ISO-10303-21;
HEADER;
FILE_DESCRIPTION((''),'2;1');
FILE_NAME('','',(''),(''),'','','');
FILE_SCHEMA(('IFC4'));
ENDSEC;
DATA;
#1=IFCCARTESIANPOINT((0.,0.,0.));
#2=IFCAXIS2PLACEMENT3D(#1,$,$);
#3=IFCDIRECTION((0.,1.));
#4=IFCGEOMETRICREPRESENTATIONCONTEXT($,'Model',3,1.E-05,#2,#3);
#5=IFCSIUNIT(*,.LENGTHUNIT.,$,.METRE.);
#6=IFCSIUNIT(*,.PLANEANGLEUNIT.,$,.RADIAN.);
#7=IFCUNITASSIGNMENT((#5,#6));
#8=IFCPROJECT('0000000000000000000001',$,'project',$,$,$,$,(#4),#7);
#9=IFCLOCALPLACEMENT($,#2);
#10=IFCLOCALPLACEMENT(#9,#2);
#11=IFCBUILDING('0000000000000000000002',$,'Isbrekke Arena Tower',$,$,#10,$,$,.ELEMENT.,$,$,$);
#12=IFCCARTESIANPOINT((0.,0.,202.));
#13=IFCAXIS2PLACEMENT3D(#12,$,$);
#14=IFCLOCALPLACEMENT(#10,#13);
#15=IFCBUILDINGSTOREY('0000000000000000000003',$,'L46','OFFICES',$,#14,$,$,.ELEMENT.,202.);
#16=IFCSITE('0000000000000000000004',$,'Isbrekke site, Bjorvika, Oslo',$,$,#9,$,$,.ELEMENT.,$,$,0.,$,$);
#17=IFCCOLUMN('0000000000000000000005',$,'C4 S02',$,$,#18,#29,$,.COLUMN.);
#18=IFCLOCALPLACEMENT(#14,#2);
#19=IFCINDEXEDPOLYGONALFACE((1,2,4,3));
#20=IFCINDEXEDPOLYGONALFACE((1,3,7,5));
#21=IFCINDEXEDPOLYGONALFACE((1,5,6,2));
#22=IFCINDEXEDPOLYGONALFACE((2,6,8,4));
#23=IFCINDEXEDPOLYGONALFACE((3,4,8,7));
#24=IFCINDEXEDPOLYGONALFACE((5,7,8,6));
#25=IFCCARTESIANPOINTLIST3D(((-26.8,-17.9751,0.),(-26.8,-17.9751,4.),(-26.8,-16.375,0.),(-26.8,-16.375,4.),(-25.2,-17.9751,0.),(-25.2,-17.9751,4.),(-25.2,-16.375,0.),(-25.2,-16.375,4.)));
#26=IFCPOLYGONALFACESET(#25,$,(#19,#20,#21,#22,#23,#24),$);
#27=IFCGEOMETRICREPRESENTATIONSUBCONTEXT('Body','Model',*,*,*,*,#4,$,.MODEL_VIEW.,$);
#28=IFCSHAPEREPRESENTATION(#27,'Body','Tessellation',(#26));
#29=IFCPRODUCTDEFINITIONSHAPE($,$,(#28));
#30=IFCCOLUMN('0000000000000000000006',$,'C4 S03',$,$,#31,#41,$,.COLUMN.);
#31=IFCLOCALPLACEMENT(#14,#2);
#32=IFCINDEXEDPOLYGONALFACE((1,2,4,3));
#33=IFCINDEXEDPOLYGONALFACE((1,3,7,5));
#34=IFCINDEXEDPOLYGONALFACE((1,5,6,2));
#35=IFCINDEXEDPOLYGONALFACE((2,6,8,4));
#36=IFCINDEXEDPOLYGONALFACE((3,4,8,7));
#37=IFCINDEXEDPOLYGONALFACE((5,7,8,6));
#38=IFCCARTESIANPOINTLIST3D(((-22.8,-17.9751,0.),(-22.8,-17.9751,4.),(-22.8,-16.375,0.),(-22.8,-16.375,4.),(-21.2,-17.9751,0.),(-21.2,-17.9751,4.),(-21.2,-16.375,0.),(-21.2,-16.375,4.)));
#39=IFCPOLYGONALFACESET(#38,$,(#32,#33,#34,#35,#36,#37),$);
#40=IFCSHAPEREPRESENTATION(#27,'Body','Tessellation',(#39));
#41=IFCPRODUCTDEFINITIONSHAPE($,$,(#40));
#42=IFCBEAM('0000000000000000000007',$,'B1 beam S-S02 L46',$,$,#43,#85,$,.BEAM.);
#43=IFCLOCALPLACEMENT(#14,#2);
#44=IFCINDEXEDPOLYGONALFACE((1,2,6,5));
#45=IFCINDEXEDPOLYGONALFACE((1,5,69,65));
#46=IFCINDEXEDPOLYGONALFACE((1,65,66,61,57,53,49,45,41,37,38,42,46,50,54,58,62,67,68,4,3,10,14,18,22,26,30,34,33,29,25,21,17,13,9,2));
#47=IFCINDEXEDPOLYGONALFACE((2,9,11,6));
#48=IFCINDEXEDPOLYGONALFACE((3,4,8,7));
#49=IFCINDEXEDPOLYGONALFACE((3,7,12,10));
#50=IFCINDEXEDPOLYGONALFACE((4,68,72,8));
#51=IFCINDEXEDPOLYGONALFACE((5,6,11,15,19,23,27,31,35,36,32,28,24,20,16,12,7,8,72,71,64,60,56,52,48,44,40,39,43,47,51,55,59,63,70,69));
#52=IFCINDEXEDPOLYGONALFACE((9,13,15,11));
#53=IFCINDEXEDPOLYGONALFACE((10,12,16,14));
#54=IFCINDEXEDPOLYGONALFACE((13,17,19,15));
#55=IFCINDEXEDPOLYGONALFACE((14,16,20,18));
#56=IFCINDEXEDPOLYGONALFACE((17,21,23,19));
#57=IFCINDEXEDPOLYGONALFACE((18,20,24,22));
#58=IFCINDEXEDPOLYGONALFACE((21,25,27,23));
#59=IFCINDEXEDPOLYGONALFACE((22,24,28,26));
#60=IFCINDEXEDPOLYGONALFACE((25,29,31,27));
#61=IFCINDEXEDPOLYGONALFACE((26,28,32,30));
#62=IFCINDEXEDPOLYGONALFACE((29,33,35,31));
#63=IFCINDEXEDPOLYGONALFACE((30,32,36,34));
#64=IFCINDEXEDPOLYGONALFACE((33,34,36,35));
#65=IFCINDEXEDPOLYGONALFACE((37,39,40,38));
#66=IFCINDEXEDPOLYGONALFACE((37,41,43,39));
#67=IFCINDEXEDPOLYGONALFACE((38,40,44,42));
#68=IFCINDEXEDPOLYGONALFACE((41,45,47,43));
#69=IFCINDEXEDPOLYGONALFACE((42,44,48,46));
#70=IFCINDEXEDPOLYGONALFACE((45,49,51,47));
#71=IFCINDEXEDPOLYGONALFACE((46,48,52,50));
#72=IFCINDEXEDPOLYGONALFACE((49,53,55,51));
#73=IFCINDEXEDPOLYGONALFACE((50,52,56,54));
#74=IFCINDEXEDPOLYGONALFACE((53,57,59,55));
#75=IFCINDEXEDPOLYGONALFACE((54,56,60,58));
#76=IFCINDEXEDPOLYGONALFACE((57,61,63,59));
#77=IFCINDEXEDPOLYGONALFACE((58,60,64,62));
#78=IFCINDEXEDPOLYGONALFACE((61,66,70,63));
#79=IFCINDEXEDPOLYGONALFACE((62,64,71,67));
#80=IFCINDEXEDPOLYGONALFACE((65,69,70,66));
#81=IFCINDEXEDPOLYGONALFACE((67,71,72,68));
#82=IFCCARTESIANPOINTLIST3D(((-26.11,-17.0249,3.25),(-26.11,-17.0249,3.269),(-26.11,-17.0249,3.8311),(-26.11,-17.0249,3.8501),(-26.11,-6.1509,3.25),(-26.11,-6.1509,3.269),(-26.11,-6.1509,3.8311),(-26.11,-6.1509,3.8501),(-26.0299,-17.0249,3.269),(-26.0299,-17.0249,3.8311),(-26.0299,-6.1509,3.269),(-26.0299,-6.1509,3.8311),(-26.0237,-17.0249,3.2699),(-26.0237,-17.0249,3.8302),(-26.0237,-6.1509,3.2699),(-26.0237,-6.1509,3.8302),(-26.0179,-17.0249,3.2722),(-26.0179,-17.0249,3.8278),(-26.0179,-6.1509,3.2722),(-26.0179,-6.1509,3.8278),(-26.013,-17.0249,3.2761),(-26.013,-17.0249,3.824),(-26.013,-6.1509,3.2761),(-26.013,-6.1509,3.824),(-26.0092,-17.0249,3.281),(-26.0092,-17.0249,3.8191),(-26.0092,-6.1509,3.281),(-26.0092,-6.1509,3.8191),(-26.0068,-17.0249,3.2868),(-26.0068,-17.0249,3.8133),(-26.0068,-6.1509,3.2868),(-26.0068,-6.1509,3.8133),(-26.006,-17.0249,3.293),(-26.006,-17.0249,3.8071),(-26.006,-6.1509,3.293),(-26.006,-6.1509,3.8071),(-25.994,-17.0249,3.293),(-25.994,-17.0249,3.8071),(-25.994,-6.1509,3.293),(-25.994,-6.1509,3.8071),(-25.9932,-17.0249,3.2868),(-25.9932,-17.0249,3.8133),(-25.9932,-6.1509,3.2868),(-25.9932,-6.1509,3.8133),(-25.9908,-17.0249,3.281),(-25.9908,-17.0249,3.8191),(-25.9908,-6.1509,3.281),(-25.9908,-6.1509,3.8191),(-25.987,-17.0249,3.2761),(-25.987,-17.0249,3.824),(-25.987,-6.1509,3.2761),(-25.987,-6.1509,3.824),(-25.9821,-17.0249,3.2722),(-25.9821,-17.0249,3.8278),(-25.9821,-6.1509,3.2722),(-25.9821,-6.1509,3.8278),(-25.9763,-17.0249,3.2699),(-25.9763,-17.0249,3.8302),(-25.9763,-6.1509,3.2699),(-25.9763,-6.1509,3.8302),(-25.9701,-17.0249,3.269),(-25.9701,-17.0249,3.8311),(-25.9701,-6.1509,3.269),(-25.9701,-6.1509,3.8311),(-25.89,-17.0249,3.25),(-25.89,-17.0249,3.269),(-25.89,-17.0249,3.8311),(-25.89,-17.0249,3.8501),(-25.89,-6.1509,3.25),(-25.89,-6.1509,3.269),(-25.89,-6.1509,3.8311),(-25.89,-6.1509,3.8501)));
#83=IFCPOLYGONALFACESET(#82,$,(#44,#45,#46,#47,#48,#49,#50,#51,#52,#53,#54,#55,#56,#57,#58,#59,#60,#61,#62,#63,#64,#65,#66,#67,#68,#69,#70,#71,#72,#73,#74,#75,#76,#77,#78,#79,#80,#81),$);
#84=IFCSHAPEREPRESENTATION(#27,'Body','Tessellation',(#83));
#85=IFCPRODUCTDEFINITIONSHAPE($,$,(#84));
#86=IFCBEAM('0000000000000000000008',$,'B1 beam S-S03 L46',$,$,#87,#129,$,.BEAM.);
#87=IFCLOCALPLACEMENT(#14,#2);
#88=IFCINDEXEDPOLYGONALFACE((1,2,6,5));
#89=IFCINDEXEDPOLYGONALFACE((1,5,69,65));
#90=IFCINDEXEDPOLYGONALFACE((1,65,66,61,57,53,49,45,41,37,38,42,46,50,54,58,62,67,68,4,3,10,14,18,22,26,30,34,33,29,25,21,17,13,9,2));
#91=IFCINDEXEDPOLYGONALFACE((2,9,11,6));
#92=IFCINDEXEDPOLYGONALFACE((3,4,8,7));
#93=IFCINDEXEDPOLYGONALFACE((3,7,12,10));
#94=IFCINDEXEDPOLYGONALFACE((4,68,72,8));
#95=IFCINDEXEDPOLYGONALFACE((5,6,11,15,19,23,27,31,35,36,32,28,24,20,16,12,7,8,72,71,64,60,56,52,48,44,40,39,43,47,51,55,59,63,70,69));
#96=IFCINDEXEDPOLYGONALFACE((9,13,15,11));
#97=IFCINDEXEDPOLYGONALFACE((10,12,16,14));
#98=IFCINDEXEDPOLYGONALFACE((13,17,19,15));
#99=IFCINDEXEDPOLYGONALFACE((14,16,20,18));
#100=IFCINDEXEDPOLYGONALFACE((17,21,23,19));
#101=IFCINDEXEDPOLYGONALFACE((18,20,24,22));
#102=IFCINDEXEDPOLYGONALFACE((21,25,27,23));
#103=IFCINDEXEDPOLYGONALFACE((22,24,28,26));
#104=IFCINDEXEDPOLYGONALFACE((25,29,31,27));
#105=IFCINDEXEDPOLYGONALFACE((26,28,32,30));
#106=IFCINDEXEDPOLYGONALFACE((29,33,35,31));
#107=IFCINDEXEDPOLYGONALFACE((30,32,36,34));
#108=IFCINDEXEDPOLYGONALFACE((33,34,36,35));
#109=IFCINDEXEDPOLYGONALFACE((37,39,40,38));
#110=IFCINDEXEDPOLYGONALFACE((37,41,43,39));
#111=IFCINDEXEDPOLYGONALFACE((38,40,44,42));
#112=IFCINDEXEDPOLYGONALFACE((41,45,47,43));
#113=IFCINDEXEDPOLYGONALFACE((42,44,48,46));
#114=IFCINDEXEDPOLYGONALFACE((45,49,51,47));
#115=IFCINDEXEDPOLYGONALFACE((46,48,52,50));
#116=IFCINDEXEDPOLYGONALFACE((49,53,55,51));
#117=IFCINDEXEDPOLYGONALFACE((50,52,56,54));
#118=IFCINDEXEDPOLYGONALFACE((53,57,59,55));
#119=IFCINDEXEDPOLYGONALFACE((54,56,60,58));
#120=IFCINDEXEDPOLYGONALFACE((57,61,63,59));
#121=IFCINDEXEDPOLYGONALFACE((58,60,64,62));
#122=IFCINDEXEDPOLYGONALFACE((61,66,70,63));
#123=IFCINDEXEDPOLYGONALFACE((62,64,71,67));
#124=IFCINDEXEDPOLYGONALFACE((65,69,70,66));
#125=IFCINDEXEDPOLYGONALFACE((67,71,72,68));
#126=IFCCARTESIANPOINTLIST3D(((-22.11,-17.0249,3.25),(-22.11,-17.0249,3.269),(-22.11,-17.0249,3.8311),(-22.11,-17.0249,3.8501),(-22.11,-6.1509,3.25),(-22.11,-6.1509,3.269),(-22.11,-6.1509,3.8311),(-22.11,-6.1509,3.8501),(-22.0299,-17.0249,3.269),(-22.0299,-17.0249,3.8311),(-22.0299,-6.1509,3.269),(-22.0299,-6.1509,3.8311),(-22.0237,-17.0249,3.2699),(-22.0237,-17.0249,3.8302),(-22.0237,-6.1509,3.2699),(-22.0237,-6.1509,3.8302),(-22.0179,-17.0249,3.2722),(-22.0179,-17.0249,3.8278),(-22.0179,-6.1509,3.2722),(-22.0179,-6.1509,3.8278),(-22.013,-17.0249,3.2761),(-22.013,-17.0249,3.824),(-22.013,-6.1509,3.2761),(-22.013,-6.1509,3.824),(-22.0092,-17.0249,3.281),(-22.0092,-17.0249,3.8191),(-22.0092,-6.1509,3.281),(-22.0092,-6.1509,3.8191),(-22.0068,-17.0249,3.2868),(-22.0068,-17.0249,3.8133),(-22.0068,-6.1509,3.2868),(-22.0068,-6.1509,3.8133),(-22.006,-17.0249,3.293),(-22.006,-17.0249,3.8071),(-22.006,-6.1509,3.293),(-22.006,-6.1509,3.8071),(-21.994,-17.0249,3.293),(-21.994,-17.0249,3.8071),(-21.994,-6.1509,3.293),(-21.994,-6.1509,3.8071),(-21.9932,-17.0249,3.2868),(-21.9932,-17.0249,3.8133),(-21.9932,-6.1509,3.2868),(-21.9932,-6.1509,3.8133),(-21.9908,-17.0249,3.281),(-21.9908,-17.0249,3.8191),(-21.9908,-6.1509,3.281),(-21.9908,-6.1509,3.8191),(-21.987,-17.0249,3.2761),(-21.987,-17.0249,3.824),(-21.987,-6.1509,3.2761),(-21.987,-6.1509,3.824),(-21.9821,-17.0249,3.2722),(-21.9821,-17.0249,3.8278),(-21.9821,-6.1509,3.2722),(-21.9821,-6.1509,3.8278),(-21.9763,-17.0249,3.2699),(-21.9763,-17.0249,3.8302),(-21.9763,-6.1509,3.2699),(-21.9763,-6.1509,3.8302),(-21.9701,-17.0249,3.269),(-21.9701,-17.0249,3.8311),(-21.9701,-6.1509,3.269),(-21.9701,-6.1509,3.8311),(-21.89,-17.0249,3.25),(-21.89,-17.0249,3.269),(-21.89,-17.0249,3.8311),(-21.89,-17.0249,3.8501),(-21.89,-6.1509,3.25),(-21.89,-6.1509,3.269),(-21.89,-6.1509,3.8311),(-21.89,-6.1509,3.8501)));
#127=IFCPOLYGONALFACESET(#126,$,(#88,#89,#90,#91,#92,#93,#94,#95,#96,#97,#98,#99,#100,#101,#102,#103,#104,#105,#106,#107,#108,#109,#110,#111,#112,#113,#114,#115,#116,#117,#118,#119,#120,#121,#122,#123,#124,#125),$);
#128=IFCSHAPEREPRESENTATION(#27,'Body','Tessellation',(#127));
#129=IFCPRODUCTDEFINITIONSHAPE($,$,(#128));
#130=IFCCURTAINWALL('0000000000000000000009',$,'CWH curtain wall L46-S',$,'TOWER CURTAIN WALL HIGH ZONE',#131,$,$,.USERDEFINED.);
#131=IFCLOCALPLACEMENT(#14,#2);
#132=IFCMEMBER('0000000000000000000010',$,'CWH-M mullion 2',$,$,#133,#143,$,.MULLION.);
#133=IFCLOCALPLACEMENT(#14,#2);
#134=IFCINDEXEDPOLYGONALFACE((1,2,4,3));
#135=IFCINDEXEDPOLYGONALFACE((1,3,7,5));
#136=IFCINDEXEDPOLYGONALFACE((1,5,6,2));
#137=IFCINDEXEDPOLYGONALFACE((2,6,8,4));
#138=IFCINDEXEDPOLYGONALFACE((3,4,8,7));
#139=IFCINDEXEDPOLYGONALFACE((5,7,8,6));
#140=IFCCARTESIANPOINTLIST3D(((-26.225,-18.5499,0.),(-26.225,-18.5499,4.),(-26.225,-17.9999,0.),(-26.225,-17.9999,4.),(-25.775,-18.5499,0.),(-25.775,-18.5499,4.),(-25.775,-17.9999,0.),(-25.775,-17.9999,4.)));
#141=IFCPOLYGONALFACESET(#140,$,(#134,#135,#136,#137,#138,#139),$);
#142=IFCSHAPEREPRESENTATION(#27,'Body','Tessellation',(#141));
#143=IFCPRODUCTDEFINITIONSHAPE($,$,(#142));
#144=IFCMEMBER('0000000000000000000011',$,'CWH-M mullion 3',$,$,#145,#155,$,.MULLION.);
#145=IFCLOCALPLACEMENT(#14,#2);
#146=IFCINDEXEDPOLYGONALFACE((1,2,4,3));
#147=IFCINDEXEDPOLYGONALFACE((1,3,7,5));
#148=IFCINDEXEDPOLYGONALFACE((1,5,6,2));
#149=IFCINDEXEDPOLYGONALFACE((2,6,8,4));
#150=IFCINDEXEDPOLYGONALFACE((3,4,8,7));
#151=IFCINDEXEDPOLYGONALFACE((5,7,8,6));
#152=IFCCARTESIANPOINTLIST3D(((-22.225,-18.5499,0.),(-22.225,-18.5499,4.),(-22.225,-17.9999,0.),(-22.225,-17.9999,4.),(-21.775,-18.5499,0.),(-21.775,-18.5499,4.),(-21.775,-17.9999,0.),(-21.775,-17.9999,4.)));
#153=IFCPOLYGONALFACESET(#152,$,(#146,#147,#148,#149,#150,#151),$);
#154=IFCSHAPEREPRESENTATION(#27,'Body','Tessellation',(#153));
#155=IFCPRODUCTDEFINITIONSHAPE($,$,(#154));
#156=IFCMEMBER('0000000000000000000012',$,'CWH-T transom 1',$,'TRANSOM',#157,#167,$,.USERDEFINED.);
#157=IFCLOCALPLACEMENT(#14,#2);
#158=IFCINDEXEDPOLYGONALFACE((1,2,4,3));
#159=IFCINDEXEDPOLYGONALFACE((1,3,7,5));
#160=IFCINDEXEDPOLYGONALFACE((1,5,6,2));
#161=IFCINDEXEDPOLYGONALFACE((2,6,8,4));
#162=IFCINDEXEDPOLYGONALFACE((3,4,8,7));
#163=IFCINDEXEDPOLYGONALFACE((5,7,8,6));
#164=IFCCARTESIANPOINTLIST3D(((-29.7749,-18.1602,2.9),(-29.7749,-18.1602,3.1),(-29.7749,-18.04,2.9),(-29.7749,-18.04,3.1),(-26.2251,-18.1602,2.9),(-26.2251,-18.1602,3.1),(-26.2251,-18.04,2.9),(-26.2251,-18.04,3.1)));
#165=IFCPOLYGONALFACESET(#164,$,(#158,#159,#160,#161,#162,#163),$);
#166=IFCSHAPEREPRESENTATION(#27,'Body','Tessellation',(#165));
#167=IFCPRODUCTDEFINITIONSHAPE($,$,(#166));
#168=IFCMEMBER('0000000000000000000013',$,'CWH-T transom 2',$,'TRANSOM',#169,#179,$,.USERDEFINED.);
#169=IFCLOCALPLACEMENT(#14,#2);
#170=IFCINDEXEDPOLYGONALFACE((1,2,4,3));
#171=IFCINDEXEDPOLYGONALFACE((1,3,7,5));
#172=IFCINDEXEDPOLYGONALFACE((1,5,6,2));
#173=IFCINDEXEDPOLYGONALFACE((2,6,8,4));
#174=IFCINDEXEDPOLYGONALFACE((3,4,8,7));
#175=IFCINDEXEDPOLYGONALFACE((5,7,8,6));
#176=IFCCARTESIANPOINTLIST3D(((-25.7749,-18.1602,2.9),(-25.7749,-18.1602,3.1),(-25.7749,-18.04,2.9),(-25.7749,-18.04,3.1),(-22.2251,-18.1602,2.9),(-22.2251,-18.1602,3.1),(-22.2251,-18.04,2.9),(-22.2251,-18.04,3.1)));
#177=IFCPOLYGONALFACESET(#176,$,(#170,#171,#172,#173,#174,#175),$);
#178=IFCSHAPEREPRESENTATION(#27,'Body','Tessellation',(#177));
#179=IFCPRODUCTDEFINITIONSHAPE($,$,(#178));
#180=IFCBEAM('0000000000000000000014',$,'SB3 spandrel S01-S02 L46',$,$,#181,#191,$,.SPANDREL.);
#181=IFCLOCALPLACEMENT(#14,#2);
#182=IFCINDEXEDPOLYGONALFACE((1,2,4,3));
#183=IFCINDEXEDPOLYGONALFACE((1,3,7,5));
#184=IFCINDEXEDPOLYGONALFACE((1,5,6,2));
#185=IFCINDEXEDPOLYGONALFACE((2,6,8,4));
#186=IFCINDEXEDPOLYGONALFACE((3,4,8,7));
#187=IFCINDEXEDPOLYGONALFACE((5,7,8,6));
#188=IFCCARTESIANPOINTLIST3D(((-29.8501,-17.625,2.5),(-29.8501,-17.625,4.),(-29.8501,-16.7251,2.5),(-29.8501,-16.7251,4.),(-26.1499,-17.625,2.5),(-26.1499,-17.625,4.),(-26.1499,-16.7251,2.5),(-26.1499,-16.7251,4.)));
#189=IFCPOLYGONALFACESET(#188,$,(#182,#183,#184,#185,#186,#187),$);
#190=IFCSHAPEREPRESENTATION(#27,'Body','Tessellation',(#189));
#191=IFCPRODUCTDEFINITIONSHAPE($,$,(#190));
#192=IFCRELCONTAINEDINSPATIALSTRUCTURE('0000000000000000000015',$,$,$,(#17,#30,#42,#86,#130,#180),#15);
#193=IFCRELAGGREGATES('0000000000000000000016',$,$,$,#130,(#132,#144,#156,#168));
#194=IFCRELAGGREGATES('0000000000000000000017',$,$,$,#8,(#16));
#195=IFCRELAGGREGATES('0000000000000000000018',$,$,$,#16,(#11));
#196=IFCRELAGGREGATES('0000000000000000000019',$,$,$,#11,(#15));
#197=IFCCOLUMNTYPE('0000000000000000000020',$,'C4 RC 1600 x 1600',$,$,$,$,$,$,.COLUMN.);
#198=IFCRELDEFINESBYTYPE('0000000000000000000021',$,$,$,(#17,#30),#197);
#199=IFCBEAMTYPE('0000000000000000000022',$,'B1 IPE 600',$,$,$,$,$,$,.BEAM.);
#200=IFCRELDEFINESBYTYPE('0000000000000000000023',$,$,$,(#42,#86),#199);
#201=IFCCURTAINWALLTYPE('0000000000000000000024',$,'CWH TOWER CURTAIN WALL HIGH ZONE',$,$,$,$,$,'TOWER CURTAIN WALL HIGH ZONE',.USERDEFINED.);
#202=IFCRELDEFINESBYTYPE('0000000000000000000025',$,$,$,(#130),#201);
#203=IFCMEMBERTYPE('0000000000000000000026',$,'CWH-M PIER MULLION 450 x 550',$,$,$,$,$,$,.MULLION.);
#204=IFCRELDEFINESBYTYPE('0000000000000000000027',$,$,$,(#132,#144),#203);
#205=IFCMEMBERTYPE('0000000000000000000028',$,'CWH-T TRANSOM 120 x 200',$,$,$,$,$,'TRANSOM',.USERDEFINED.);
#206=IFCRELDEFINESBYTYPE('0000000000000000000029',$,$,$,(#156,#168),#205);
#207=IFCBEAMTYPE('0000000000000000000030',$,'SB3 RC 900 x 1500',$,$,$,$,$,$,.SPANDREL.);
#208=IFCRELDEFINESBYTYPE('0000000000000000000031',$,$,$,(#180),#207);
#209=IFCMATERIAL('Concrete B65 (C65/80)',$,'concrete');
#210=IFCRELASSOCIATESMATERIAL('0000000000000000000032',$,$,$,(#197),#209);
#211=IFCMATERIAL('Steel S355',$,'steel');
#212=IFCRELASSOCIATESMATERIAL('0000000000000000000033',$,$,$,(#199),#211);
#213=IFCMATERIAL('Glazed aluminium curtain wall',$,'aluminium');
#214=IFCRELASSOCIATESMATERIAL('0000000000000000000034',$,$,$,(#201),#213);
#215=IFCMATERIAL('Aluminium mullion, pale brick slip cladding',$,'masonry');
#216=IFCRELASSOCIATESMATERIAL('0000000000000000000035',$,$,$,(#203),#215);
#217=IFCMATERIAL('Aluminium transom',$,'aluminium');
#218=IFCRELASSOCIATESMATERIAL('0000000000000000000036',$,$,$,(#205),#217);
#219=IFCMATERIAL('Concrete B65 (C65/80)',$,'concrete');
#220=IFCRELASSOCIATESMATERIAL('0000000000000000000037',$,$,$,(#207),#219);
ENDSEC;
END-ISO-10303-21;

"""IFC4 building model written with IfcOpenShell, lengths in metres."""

from ifc_helpers import new_model, si_unit, direction, frame, origin, origin_2d, place, context, subcontext, project, spatial, rectangle, i_section, extrude, material, material_profile, profile_set, type_object, element, aggregate, save


model = new_model("IFC4")

# Units and contexts
model_context = context("Model", 3, precision=1e-05, world=origin(), true_north=direction((0.0, 1.0)))
body_context = subcontext(model_context, "Body", "Model", "MODEL_VIEW")
ifc_project = project(units=[si_unit("LENGTHUNIT", "METRE"), si_unit("PLANEANGLEUNIT", "RADIAN")], contexts=[model_context])

# Site, building, storey
site_placement = place(None, origin())
site = spatial("IfcSite", under=ifc_project, at=site_placement, Name="Isbrekke site, Bjorvika, Oslo", CompositionType="ELEMENT", RefElevation=0.0)
building_placement = place(site_placement, origin())
building = spatial("IfcBuilding", under=site, at=building_placement, Name="Isbrekke Arena Tower", CompositionType="ELEMENT")
storey_placement = place(building_placement, frame((0.0, 0.0, 202.0)))
storey = spatial("IfcBuildingStorey", under=building, at=storey_placement, Name="L46", Description="OFFICES", CompositionType="ELEMENT", Elevation=202.0)

# Columns
ifc_material_1 = material(Name="Concrete B65 (C65/80)", Category="concrete")
ifc_material_profile_1 = material_profile(ifc_material_1, rectangle(XDim=1.6001, YDim=1.6001, at=origin_2d()), Name="RC 1600x1600")
ifc_profile_set_1 = profile_set([ifc_material_profile_1], Name="Concrete B65 (C65/80)")
column_type = type_object("IfcColumnType", Name="C4 RC 1600 x 1600", PredefinedType="COLUMN", material=ifc_profile_set_1)
for number, where, z_axis, x_axis, name in (
    (1, (-26.0, -17.175, 0.0), (0.0, 0.0, 1.0), (1.0, 0.0, 0.0), "C4 S02"),
    (2, (-22.0, -17.175, 0.0), (0.0, 0.0, 1.0), (1.0, 0.0, 0.0), "C4 S03"),
):
    element("IfcColumn", number, at=place(storey_placement, frame(where, z_axis=z_axis, x_axis=x_axis)), inside=storey, type_object=column_type, Name=name, PredefinedType="COLUMN", context=body_context, shape_type="SweptSolid", body=[
        extrude(rectangle(XDim=1.6001, YDim=1.6001, at=origin_2d()), origin(), (0.0, 0.0, 1.0), 4.0),
    ])

# Beams
ifc_material_2 = material(Name="Steel S355", Category="steel")
ifc_material_profile_2 = material_profile(ifc_material_2, i_section(OverallWidth=0.22, OverallDepth=0.6001, WebThickness=0.012, FlangeThickness=0.019, FilletRadius=0.0239, at=origin_2d()), Name="IPE 600")
ifc_profile_set_2 = profile_set([ifc_material_profile_2], Name="Steel S355")
beam_type_1 = type_object("IfcBeamType", Name="B1 IPE 600", PredefinedType="BEAM", material=ifc_profile_set_2)
for number, where, z_axis, x_axis, name in (
    (3, (-26.0, -17.0249, 3.55), (0.0, 1.0, 0.0), (-1.0, 0.0, 0.0), "B1 beam S-S02 L46"),
    (4, (-22.0, -17.0249, 3.55), (0.0, 1.0, 0.0), (-1.0, 0.0, 0.0), "B1 beam S-S03 L46"),
):
    element("IfcBeam", number, at=place(storey_placement, frame(where, z_axis=z_axis, x_axis=x_axis)), inside=storey, type_object=beam_type_1, Name=name, PredefinedType="BEAM", context=body_context, shape_type="SweptSolid", body=[
        extrude(i_section(OverallWidth=0.22, OverallDepth=0.6001, WebThickness=0.012, FlangeThickness=0.019, FilletRadius=0.0239, at=origin_2d()), origin(), (0.0, 0.0, 1.0), 10.874),
    ])

# Curtain wall, members
ifc_material_3 = material(Name="Glazed aluminium curtain wall", Category="aluminium")
curtain_wall_type = type_object("IfcCurtainWallType", Name="CWH TOWER CURTAIN WALL HIGH ZONE", ElementType="TOWER CURTAIN WALL HIGH ZONE", PredefinedType="USERDEFINED", material=ifc_material_3)
curtain_wall_placement = place(storey_placement, origin())
curtain_wall = element("IfcCurtainWall", 5, at=curtain_wall_placement, inside=storey, type_object=curtain_wall_type, Name="CWH curtain wall L46-S", ObjectType="TOWER CURTAIN WALL HIGH ZONE", PredefinedType="USERDEFINED")
ifc_material_4 = material(Name="Aluminium mullion, pale brick slip cladding", Category="masonry")
ifc_material_profile_3 = material_profile(ifc_material_4, rectangle(XDim=0.45, YDim=0.55, at=origin_2d()), Name="PIER 450X550")
ifc_profile_set_3 = profile_set([ifc_material_profile_3], Name="Aluminium mullion, pale brick slip cladding")
member_type_1 = type_object("IfcMemberType", Name="CWH-M PIER MULLION 450 x 550", PredefinedType="MULLION", material=ifc_profile_set_3)
member_1_placement = place(storey_placement, frame((-26.0, -18.2749, 0.0), z_axis=(0.0, 0.0, 1.0), x_axis=(1.0, 0.0, 0.0)))
member_1 = element("IfcMember", 6, at=member_1_placement, type_object=member_type_1, Name="CWH-M mullion 2", PredefinedType="MULLION", context=body_context, shape_type="SweptSolid", body=[
    extrude(rectangle(XDim=0.45, YDim=0.55, at=origin_2d()), origin(), (0.0, 0.0, 1.0), 4.0),
])
member_2_placement = place(storey_placement, frame((-22.0, -18.2749, 0.0), z_axis=(0.0, 0.0, 1.0), x_axis=(1.0, 0.0, 0.0)))
member_2 = element("IfcMember", 7, at=member_2_placement, type_object=member_type_1, Name="CWH-M mullion 3", PredefinedType="MULLION", context=body_context, shape_type="SweptSolid", body=[
    extrude(rectangle(XDim=0.45, YDim=0.55, at=origin_2d()), origin(), (0.0, 0.0, 1.0), 4.0),
])
ifc_material_5 = material(Name="Aluminium transom", Category="aluminium")
ifc_material_profile_4 = material_profile(ifc_material_5, rectangle(XDim=0.1201, YDim=0.2, at=origin_2d()), Name="TRANSOM 120X200")
ifc_profile_set_4 = profile_set([ifc_material_profile_4], Name="Aluminium transom")
member_type_2 = type_object("IfcMemberType", Name="CWH-T TRANSOM 120 x 200", ElementType="TRANSOM", PredefinedType="USERDEFINED", material=ifc_profile_set_4)
member_3_placement = place(storey_placement, frame((-29.7749, -18.1001, 3.0), z_axis=(1.0, 0.0, 0.0), x_axis=(0.0, 1.0, 0.0)))
member_3 = element("IfcMember", 8, at=member_3_placement, type_object=member_type_2, Name="CWH-T transom 1", ObjectType="TRANSOM", PredefinedType="USERDEFINED", context=body_context, shape_type="SweptSolid", body=[
    extrude(rectangle(XDim=0.1201, YDim=0.2, at=origin_2d()), origin(), (0.0, 0.0, 1.0), 3.5498),
])
member_4_placement = place(storey_placement, frame((-25.7749, -18.1001, 3.0), z_axis=(1.0, 0.0, 0.0), x_axis=(0.0, 1.0, 0.0)))
member_4 = element("IfcMember", 9, at=member_4_placement, type_object=member_type_2, Name="CWH-T transom 2", ObjectType="TRANSOM", PredefinedType="USERDEFINED", context=body_context, shape_type="SweptSolid", body=[
    extrude(rectangle(XDim=0.1201, YDim=0.2, at=origin_2d()), origin(), (0.0, 0.0, 1.0), 3.5498),
])

# Beam
ifc_material_6 = material(Name="Concrete B65 (C65/80)", Category="concrete")
ifc_material_profile_5 = material_profile(ifc_material_6, rectangle(XDim=0.8999, YDim=1.5, at=origin_2d()), Name="RC 900x1500")
ifc_profile_set_5 = profile_set([ifc_material_profile_5], Name="Concrete B65 (C65/80)")
beam_type_2 = type_object("IfcBeamType", Name="SB3 RC 900 x 1500", PredefinedType="SPANDREL", material=ifc_profile_set_5)
for number, where, z_axis, x_axis, name in (
    (10, (-29.8501, -17.175, 3.25), (1.0, 0.0, 0.0), (0.0, 1.0, 0.0), "SB3 spandrel S01-S02 L46"),
):
    element("IfcBeam", number, at=place(storey_placement, frame(where, z_axis=z_axis, x_axis=x_axis)), inside=storey, type_object=beam_type_2, Name=name, PredefinedType="SPANDREL", context=body_context, shape_type="SweptSolid", body=[
        extrude(rectangle(XDim=0.8999, YDim=1.5, at=origin_2d()), origin(), (0.0, 0.0, 1.0), 3.7002),
    ])

aggregate(curtain_wall, [member_1, member_2, member_3, member_4])

save(model, "model.ifc")
